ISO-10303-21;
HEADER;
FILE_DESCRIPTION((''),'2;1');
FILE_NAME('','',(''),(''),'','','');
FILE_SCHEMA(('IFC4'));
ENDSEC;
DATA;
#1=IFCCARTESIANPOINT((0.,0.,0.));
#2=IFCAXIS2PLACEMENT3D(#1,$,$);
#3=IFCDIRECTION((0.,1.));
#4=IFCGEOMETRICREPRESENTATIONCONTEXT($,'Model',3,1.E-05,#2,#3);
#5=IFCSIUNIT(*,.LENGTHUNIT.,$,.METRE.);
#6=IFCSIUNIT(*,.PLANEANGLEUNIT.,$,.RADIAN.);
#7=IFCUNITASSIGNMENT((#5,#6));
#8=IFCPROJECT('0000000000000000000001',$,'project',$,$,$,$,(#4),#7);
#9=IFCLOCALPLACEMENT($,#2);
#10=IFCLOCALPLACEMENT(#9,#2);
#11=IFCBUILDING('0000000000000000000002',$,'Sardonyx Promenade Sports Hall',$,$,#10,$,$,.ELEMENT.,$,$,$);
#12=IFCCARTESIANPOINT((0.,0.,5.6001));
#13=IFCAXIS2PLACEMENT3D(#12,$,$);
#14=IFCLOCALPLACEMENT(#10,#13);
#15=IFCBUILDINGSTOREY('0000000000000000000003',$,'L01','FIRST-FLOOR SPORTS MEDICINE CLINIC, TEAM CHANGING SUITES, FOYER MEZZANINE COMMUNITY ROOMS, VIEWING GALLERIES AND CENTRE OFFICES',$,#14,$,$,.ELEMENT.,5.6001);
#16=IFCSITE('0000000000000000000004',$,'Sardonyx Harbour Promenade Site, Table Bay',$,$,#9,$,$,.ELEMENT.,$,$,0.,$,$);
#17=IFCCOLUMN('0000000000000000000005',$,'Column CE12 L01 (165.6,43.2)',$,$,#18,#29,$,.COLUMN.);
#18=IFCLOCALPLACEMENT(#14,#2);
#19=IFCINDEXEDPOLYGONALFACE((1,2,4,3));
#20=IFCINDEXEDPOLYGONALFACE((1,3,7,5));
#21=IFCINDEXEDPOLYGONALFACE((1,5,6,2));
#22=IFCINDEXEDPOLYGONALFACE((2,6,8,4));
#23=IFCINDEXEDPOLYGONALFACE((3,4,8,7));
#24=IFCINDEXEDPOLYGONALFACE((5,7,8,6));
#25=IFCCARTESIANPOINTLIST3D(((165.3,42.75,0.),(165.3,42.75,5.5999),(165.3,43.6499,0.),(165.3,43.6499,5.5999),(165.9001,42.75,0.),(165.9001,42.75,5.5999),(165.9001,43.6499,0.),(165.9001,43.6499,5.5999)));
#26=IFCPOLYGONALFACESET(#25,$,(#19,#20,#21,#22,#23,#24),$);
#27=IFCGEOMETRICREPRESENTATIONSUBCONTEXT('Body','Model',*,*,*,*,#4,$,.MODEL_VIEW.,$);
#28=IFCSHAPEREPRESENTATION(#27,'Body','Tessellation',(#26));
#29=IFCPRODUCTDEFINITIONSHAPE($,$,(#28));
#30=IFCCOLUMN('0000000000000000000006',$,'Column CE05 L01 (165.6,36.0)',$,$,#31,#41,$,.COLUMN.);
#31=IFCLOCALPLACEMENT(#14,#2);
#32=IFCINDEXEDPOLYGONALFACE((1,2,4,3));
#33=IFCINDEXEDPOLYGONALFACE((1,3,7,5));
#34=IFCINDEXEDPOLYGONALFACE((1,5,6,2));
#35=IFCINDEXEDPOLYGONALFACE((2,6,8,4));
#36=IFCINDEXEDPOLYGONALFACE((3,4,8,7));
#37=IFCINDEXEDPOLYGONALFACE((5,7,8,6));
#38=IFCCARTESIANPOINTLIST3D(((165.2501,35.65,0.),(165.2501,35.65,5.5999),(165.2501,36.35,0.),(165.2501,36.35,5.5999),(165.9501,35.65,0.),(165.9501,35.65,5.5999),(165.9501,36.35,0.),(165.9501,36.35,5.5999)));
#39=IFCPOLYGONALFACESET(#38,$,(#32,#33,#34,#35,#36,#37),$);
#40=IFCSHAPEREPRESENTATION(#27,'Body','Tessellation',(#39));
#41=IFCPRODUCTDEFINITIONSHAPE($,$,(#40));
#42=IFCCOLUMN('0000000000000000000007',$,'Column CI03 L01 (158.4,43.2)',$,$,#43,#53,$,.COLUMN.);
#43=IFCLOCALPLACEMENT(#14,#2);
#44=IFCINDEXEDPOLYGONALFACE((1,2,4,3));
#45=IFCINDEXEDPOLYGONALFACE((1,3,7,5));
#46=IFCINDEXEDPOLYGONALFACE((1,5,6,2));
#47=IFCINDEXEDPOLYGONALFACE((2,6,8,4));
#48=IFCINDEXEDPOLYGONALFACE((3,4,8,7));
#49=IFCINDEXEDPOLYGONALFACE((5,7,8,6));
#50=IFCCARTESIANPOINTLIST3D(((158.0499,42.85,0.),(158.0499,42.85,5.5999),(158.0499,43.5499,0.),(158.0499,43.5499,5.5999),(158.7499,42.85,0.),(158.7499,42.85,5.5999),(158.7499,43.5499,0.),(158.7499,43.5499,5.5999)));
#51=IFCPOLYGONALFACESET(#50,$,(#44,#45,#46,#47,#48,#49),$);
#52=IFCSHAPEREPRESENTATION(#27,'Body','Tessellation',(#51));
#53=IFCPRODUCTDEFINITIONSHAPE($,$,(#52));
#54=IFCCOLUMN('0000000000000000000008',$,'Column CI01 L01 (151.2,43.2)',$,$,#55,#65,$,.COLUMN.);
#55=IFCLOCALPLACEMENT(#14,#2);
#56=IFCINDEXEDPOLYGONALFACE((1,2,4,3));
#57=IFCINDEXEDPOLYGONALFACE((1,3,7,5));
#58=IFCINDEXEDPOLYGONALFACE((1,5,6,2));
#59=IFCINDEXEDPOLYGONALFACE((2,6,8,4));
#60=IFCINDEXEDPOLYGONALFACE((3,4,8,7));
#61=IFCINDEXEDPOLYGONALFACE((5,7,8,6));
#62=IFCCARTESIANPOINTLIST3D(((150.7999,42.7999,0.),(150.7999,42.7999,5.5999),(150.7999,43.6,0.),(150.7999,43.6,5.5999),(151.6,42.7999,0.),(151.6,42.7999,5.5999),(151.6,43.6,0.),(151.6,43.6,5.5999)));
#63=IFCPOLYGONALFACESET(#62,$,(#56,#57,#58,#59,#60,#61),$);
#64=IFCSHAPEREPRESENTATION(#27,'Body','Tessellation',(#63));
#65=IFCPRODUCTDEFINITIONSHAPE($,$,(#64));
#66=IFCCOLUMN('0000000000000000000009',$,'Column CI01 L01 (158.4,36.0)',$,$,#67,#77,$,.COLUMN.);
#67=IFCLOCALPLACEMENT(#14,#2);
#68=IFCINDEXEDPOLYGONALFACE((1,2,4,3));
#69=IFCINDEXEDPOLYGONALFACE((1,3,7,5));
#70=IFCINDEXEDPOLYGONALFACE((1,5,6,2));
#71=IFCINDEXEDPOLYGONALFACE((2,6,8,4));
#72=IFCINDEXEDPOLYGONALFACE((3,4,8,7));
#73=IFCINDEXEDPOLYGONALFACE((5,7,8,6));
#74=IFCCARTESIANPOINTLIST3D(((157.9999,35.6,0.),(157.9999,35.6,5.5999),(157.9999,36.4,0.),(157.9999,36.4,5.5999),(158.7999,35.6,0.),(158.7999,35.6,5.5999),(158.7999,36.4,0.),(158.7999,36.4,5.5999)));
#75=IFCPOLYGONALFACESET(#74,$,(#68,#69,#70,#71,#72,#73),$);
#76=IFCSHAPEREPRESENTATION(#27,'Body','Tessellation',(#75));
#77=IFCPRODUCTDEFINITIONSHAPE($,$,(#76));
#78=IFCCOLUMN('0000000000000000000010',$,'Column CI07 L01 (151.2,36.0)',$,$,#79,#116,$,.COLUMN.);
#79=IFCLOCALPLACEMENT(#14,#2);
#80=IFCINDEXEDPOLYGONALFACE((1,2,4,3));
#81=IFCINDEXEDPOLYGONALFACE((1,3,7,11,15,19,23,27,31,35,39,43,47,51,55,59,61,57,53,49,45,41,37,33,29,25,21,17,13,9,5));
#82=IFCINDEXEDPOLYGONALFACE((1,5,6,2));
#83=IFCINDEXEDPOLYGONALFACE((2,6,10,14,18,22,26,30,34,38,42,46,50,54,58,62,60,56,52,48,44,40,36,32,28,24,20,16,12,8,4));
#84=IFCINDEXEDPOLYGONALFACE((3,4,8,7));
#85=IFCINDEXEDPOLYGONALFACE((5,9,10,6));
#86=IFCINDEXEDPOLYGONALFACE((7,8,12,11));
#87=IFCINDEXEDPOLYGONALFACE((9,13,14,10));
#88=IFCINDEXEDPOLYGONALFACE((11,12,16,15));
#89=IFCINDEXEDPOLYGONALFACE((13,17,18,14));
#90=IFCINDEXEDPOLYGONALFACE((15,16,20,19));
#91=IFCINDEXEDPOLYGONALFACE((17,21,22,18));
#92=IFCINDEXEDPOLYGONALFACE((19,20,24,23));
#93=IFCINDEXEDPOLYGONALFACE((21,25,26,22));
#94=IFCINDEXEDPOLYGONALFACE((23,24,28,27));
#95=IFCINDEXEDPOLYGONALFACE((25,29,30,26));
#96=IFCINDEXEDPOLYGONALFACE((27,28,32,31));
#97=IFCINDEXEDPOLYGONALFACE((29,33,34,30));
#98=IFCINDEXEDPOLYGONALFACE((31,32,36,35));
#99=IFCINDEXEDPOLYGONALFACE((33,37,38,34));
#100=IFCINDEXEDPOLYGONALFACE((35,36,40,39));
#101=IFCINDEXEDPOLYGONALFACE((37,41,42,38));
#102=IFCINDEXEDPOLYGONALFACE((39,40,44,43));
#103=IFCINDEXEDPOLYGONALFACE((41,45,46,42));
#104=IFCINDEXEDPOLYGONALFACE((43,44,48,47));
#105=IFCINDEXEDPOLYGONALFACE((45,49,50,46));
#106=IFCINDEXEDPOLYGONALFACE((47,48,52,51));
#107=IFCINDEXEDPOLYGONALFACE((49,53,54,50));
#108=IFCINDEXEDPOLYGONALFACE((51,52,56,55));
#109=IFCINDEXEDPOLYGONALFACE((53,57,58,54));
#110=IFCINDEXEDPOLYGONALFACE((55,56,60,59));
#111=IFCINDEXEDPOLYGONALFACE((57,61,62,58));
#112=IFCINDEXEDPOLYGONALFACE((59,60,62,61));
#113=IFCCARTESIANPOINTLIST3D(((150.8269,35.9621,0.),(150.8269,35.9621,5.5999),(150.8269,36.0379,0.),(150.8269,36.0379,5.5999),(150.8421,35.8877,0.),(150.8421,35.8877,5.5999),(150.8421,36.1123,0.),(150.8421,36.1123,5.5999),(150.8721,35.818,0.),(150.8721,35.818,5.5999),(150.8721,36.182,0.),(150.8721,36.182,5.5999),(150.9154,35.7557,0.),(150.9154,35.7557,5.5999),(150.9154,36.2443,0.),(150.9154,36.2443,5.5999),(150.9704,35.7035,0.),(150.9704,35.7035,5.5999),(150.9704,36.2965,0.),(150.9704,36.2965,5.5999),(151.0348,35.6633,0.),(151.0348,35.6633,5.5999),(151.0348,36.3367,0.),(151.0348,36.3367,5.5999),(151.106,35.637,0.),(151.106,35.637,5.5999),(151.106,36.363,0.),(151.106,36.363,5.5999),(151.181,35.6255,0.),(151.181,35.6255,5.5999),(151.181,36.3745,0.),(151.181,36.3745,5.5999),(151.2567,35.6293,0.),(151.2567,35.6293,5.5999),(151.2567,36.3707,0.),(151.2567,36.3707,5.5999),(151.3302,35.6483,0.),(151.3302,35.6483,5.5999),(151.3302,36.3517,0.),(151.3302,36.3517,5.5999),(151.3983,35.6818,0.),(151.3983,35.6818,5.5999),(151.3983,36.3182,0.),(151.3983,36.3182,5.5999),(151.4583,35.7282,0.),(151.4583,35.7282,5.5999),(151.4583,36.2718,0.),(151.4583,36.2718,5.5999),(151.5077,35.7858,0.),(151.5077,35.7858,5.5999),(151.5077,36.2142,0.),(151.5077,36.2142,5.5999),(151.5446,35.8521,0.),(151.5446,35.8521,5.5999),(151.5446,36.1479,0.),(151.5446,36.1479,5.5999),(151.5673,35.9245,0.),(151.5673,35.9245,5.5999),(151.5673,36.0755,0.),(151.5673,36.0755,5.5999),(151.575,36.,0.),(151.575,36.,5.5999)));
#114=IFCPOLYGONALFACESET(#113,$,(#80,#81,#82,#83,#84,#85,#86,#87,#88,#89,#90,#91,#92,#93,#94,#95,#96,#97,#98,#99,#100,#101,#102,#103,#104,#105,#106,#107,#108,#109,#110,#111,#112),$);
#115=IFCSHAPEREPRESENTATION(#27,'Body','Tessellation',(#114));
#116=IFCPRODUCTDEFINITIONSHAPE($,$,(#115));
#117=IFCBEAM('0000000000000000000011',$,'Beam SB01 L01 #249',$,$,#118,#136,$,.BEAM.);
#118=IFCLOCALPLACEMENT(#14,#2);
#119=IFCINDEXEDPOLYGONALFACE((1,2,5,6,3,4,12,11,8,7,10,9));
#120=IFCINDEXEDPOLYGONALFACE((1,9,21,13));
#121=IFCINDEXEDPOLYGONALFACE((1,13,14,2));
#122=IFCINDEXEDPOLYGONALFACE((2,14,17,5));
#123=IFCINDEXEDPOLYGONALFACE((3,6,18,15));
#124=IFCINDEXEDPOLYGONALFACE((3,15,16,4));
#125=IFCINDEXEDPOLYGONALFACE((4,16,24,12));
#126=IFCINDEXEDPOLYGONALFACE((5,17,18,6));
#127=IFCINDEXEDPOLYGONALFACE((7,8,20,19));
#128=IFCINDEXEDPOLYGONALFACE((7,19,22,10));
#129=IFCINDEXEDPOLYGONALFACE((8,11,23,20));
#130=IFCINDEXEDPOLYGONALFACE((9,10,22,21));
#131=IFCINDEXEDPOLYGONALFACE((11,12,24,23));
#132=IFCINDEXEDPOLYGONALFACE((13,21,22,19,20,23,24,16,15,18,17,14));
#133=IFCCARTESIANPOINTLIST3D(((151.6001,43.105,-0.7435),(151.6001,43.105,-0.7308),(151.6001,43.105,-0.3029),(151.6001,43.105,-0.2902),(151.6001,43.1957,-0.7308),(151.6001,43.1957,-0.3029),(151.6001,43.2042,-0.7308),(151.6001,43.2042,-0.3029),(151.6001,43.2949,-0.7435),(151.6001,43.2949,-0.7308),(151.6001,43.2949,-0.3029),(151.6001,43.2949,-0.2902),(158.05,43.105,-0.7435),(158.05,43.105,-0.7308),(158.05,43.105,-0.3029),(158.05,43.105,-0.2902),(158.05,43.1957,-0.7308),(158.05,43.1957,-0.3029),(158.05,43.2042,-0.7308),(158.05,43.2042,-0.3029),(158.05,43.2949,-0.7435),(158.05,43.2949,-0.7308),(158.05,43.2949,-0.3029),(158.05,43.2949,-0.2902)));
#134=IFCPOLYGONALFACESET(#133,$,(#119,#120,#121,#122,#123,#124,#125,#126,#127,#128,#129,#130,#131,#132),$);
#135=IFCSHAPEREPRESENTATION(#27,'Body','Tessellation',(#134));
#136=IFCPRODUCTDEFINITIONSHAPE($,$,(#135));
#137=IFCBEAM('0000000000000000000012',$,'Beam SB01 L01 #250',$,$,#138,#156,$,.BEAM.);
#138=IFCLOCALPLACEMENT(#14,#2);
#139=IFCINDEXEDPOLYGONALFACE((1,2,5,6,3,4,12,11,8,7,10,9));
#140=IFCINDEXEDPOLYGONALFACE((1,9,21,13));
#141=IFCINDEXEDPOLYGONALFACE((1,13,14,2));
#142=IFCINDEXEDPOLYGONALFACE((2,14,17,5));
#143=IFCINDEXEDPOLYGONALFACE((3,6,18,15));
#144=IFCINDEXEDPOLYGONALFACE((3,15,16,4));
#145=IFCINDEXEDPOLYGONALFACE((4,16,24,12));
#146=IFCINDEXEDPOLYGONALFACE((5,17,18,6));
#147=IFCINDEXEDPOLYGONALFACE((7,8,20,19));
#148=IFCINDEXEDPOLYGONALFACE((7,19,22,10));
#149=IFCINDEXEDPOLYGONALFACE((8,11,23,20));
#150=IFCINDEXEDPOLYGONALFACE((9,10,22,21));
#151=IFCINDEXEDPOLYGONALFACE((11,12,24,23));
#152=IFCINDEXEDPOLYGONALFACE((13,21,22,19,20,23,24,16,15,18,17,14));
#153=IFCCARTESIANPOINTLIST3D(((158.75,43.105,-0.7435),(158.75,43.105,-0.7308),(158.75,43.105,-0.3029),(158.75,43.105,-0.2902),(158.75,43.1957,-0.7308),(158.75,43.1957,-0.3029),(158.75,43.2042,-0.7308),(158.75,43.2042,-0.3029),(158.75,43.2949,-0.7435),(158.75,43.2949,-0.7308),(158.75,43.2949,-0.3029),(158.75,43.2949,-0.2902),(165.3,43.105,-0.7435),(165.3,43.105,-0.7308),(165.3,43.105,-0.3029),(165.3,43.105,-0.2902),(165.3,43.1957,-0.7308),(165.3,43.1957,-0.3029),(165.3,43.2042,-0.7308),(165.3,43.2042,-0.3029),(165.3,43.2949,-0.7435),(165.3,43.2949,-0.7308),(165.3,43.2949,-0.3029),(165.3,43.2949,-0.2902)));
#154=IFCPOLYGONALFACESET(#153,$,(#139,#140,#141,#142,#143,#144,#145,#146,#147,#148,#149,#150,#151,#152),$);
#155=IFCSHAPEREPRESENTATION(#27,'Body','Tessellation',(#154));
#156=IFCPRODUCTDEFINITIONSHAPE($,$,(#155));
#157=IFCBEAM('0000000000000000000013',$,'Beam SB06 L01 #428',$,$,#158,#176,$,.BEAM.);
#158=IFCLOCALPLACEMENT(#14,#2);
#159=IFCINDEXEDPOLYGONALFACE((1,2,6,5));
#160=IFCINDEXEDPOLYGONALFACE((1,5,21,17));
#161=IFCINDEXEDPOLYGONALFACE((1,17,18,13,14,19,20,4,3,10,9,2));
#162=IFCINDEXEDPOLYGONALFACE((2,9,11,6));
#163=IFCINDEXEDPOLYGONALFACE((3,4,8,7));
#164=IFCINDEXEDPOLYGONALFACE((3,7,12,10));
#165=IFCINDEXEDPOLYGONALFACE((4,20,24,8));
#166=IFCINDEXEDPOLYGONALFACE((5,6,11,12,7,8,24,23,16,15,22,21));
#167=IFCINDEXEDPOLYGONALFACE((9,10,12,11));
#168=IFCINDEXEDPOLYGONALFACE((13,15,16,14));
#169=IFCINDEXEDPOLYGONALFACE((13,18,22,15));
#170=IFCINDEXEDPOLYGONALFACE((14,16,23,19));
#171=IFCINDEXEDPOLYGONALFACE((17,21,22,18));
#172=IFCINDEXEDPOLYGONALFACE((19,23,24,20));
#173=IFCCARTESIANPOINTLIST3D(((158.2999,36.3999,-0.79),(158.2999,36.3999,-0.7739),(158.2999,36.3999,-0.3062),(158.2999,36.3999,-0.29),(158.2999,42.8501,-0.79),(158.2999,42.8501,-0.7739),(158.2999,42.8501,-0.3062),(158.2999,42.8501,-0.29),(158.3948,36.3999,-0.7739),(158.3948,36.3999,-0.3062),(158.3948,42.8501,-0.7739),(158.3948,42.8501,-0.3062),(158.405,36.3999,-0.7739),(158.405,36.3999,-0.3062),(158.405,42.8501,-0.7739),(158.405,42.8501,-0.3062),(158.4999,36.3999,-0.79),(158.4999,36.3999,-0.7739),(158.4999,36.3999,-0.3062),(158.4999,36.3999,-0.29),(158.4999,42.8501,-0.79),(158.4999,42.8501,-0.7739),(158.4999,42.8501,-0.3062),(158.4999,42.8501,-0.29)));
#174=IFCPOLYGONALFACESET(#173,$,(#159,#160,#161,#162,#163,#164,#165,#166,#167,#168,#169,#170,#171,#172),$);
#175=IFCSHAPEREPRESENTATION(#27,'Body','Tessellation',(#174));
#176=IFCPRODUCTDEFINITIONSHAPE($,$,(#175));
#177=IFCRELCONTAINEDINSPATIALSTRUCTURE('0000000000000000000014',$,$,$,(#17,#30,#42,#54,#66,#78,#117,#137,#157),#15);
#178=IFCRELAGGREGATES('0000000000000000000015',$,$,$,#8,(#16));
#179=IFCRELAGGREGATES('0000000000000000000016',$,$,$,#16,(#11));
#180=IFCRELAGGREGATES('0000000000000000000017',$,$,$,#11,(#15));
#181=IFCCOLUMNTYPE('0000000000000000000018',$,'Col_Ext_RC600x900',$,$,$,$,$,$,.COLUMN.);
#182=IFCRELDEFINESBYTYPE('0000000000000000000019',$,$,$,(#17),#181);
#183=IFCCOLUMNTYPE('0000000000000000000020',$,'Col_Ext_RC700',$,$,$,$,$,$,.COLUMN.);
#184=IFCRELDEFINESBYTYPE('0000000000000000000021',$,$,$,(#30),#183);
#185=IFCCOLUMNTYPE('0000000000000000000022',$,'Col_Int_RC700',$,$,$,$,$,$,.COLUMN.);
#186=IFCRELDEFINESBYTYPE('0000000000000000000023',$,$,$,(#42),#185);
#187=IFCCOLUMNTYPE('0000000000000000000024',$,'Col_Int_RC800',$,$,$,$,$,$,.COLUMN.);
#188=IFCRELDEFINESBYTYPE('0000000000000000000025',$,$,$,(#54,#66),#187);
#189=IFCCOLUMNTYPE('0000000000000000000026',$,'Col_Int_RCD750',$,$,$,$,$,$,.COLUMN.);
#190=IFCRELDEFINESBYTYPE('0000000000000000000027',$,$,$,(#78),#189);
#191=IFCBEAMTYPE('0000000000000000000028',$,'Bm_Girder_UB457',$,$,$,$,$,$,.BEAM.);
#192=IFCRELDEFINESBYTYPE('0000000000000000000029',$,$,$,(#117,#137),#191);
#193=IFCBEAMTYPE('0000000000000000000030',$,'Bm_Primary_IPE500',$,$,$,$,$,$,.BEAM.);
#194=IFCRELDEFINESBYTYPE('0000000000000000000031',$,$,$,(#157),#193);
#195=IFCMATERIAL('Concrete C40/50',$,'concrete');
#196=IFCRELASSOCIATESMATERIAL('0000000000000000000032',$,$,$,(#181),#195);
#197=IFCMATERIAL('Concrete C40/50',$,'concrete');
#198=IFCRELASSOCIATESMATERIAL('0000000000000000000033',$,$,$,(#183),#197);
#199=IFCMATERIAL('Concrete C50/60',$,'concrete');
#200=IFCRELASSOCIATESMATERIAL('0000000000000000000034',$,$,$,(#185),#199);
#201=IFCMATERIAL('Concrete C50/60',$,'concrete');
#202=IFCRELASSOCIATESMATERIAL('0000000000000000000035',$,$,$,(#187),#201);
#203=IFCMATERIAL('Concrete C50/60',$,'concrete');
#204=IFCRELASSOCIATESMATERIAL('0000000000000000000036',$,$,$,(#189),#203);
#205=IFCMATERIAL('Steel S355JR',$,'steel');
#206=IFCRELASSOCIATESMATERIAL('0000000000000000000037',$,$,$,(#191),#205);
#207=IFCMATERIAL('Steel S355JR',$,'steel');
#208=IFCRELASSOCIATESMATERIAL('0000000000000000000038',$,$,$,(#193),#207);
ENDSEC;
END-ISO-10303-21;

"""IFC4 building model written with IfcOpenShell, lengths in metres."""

from ifc_helpers import new_model, si_unit, direction, frame, origin, origin_2d, place, context, subcontext, project, spatial, rectangle, circle, i_section, extrude, material, material_profile, profile_set, type_object, element, save


model = new_model("IFC4")

# Units and contexts
model_context = context("Model", 3, precision=1e-05, world=origin(), true_north=direction((0.0, 1.0)))
body_context = subcontext(model_context, "Body", "Model", "MODEL_VIEW")
ifc_project = project(units=[si_unit("LENGTHUNIT", "METRE"), si_unit("PLANEANGLEUNIT", "RADIAN")], contexts=[model_context])

# Site, building, storey
site_placement = place(None, origin())
site = spatial("IfcSite", under=ifc_project, at=site_placement, Name="Sardonyx Harbour Promenade Site, Table Bay", CompositionType="ELEMENT", RefElevation=0.0)
building_placement = place(site_placement, origin())
building = spatial("IfcBuilding", under=site, at=building_placement, Name="Sardonyx Promenade Sports Hall", CompositionType="ELEMENT")
storey_placement = place(building_placement, frame((0.0, 0.0, 5.6001)))
storey = spatial("IfcBuildingStorey", under=building, at=storey_placement, Name="L01", Description="FIRST-FLOOR SPORTS MEDICINE CLINIC, TEAM CHANGING SUITES, FOYER MEZZANINE COMMUNITY ROOMS, VIEWING GALLERIES AND CENTRE OFFICES", CompositionType="ELEMENT", Elevation=5.6001)

# Columns
ifc_material_1 = material(Name="Concrete C40/50", Category="concrete")
ifc_material_profile_1 = material_profile(ifc_material_1, rectangle(XDim=0.6001, YDim=0.8999, at=origin_2d()))
ifc_profile_set_1 = profile_set([ifc_material_profile_1], Name="Concrete C40/50")
column_type_1 = type_object("IfcColumnType", Name="Col_Ext_RC600x900", PredefinedType="COLUMN", material=ifc_profile_set_1)
column_1_placement = place(storey_placement, frame((165.6001, 43.2, 0.0), z_axis=(0.0, 0.0, 1.0), x_axis=(1.0, 0.0, 0.0)))
element("IfcColumn", 1, at=column_1_placement, inside=storey, type_object=column_type_1, Name="Column CE12 L01 (165.6,43.2)", PredefinedType="COLUMN", context=body_context, shape_type="SweptSolid", body=[
    extrude(rectangle(XDim=0.6001, YDim=0.8999, at=origin_2d()), origin(), (0.0, 0.0, 1.0), 5.5999),
])
ifc_material_2 = material(Name="Concrete C40/50", Category="concrete")
ifc_material_profile_2 = material_profile(ifc_material_2, rectangle(XDim=0.7, YDim=0.7, at=origin_2d()))
ifc_profile_set_2 = profile_set([ifc_material_profile_2], Name="Concrete C40/50")
column_type_2 = type_object("IfcColumnType", Name="Col_Ext_RC700", PredefinedType="COLUMN", material=ifc_profile_set_2)
column_2_placement = place(storey_placement, frame((165.6001, 36.0, 0.0), z_axis=(0.0, 0.0, 1.0), x_axis=(1.0, 0.0, 0.0)))
element("IfcColumn", 2, at=column_2_placement, inside=storey, type_object=column_type_2, Name="Column CE05 L01 (165.6,36.0)", PredefinedType="COLUMN", context=body_context, shape_type="SweptSolid", body=[
    extrude(rectangle(XDim=0.7, YDim=0.7, at=origin_2d()), origin(), (0.0, 0.0, 1.0), 5.5999),
])
ifc_material_3 = material(Name="Concrete C50/60", Category="concrete")
ifc_material_profile_3 = material_profile(ifc_material_3, rectangle(XDim=0.7, YDim=0.7, at=origin_2d()))
ifc_profile_set_3 = profile_set([ifc_material_profile_3], Name="Concrete C50/60")
column_type_3 = type_object("IfcColumnType", Name="Col_Int_RC700", PredefinedType="COLUMN", material=ifc_profile_set_3)
column_3_placement = place(storey_placement, frame((158.3999, 43.2, 0.0), z_axis=(0.0, 0.0, 1.0), x_axis=(1.0, 0.0, 0.0)))
element("IfcColumn", 3, at=column_3_placement, inside=storey, type_object=column_type_3, Name="Column CI03 L01 (158.4,43.2)", PredefinedType="COLUMN", context=body_context, shape_type="SweptSolid", body=[
    extrude(rectangle(XDim=0.7, YDim=0.7, at=origin_2d()), origin(), (0.0, 0.0, 1.0), 5.5999),
])
ifc_material_4 = material(Name="Concrete C50/60", Category="concrete")
ifc_material_profile_4 = material_profile(ifc_material_4, rectangle(XDim=0.8, YDim=0.8, at=origin_2d()))
ifc_profile_set_4 = profile_set([ifc_material_profile_4], Name="Concrete C50/60")
column_type_4 = type_object("IfcColumnType", Name="Col_Int_RC800", PredefinedType="COLUMN", material=ifc_profile_set_4)
for number, where, z_axis, x_axis, name in (
    (4, (151.2, 43.2, 0.0), (0.0, 0.0, 1.0), (1.0, 0.0, 0.0), "Column CI01 L01 (151.2,43.2)"),
    (5, (158.3999, 36.0, 0.0), (0.0, 0.0, 1.0), (1.0, 0.0, 0.0), "Column CI01 L01 (158.4,36.0)"),
):
    element("IfcColumn", number, at=place(storey_placement, frame(where, z_axis=z_axis, x_axis=x_axis)), inside=storey, type_object=column_type_4, Name=name, PredefinedType="COLUMN", context=body_context, shape_type="SweptSolid", body=[
        extrude(rectangle(XDim=0.8, YDim=0.8, at=origin_2d()), origin(), (0.0, 0.0, 1.0), 5.5999),
    ])
ifc_material_5 = material(Name="Concrete C50/60", Category="concrete")
ifc_material_profile_5 = material_profile(ifc_material_5, circle(Radius=0.375, at=origin_2d()))
ifc_profile_set_5 = profile_set([ifc_material_profile_5], Name="Concrete C50/60")
column_type_5 = type_object("IfcColumnType", Name="Col_Int_RCD750", PredefinedType="COLUMN", material=ifc_profile_set_5)
column_4_placement = place(storey_placement, frame((151.2, 36.0, 0.0), z_axis=(0.0, 0.0, 1.0), x_axis=(1.0, 0.0, 0.0)))
element("IfcColumn", 6, at=column_4_placement, inside=storey, type_object=column_type_5, Name="Column CI07 L01 (151.2,36.0)", PredefinedType="COLUMN", context=body_context, shape_type="SweptSolid", body=[
    extrude(circle(Radius=0.375, at=origin_2d()), origin(), (0.0, 0.0, 1.0), 5.5999),
])

# Beams
ifc_material_6 = material(Name="Steel S355JR", Category="steel")
ifc_material_profile_6 = material_profile(ifc_material_6, i_section(OverallWidth=0.1899, OverallDepth=0.4534, WebThickness=0.0085, FlangeThickness=0.0127, at=origin_2d()))
ifc_profile_set_6 = profile_set([ifc_material_profile_6], Name="Steel S355JR")
beam_type_1 = type_object("IfcBeamType", Name="Bm_Girder_UB457", PredefinedType="BEAM", material=ifc_profile_set_6)
beam_1_placement = place(storey_placement, frame((151.6001, 43.2, -0.5168), z_axis=(1.0, 0.0, 0.0), x_axis=(0.0, 1.0, 0.0)))
element("IfcBeam", 7, at=beam_1_placement, inside=storey, type_object=beam_type_1, Name="Beam SB01 L01 #249", PredefinedType="BEAM", context=body_context, shape_type="SweptSolid", body=[
    extrude(i_section(OverallWidth=0.1899, OverallDepth=0.4534, WebThickness=0.0085, FlangeThickness=0.0127, at=origin_2d()), origin(), (0.0, 0.0, 1.0), 6.45),
])
beam_2_placement = place(storey_placement, frame((158.75, 43.2, -0.5168), z_axis=(1.0, 0.0, 0.0), x_axis=(0.0, 1.0, 0.0)))
element("IfcBeam", 8, at=beam_2_placement, inside=storey, type_object=beam_type_1, Name="Beam SB01 L01 #250", PredefinedType="BEAM", context=body_context, shape_type="SweptSolid", body=[
    extrude(i_section(OverallWidth=0.1899, OverallDepth=0.4534, WebThickness=0.0085, FlangeThickness=0.0127, at=origin_2d()), origin(), (0.0, 0.0, 1.0), 6.55),
])
ifc_material_7 = material(Name="Steel S355JR", Category="steel")
ifc_material_profile_7 = material_profile(ifc_material_7, i_section(OverallWidth=0.2, OverallDepth=0.5, WebThickness=0.0103, FlangeThickness=0.0161, at=origin_2d()))
ifc_profile_set_7 = profile_set([ifc_material_profile_7], Name="Steel S355JR")
beam_type_2 = type_object("IfcBeamType", Name="Bm_Primary_IPE500", PredefinedType="BEAM", material=ifc_profile_set_7)
beam_3_placement = place(storey_placement, frame((158.3999, 36.3999, -0.54), z_axis=(0.0, 1.0, 0.0), x_axis=(-1.0, 0.0, 0.0)))
element("IfcBeam", 9, at=beam_3_placement, inside=storey, type_object=beam_type_2, Name="Beam SB06 L01 #428", PredefinedType="BEAM", context=body_context, shape_type="SweptSolid", body=[
    extrude(i_section(OverallWidth=0.2, OverallDepth=0.5, WebThickness=0.0103, FlangeThickness=0.0161, at=origin_2d()), origin(), (0.0, 0.0, 1.0), 6.4502),
])

save(model, "model.ifc")
